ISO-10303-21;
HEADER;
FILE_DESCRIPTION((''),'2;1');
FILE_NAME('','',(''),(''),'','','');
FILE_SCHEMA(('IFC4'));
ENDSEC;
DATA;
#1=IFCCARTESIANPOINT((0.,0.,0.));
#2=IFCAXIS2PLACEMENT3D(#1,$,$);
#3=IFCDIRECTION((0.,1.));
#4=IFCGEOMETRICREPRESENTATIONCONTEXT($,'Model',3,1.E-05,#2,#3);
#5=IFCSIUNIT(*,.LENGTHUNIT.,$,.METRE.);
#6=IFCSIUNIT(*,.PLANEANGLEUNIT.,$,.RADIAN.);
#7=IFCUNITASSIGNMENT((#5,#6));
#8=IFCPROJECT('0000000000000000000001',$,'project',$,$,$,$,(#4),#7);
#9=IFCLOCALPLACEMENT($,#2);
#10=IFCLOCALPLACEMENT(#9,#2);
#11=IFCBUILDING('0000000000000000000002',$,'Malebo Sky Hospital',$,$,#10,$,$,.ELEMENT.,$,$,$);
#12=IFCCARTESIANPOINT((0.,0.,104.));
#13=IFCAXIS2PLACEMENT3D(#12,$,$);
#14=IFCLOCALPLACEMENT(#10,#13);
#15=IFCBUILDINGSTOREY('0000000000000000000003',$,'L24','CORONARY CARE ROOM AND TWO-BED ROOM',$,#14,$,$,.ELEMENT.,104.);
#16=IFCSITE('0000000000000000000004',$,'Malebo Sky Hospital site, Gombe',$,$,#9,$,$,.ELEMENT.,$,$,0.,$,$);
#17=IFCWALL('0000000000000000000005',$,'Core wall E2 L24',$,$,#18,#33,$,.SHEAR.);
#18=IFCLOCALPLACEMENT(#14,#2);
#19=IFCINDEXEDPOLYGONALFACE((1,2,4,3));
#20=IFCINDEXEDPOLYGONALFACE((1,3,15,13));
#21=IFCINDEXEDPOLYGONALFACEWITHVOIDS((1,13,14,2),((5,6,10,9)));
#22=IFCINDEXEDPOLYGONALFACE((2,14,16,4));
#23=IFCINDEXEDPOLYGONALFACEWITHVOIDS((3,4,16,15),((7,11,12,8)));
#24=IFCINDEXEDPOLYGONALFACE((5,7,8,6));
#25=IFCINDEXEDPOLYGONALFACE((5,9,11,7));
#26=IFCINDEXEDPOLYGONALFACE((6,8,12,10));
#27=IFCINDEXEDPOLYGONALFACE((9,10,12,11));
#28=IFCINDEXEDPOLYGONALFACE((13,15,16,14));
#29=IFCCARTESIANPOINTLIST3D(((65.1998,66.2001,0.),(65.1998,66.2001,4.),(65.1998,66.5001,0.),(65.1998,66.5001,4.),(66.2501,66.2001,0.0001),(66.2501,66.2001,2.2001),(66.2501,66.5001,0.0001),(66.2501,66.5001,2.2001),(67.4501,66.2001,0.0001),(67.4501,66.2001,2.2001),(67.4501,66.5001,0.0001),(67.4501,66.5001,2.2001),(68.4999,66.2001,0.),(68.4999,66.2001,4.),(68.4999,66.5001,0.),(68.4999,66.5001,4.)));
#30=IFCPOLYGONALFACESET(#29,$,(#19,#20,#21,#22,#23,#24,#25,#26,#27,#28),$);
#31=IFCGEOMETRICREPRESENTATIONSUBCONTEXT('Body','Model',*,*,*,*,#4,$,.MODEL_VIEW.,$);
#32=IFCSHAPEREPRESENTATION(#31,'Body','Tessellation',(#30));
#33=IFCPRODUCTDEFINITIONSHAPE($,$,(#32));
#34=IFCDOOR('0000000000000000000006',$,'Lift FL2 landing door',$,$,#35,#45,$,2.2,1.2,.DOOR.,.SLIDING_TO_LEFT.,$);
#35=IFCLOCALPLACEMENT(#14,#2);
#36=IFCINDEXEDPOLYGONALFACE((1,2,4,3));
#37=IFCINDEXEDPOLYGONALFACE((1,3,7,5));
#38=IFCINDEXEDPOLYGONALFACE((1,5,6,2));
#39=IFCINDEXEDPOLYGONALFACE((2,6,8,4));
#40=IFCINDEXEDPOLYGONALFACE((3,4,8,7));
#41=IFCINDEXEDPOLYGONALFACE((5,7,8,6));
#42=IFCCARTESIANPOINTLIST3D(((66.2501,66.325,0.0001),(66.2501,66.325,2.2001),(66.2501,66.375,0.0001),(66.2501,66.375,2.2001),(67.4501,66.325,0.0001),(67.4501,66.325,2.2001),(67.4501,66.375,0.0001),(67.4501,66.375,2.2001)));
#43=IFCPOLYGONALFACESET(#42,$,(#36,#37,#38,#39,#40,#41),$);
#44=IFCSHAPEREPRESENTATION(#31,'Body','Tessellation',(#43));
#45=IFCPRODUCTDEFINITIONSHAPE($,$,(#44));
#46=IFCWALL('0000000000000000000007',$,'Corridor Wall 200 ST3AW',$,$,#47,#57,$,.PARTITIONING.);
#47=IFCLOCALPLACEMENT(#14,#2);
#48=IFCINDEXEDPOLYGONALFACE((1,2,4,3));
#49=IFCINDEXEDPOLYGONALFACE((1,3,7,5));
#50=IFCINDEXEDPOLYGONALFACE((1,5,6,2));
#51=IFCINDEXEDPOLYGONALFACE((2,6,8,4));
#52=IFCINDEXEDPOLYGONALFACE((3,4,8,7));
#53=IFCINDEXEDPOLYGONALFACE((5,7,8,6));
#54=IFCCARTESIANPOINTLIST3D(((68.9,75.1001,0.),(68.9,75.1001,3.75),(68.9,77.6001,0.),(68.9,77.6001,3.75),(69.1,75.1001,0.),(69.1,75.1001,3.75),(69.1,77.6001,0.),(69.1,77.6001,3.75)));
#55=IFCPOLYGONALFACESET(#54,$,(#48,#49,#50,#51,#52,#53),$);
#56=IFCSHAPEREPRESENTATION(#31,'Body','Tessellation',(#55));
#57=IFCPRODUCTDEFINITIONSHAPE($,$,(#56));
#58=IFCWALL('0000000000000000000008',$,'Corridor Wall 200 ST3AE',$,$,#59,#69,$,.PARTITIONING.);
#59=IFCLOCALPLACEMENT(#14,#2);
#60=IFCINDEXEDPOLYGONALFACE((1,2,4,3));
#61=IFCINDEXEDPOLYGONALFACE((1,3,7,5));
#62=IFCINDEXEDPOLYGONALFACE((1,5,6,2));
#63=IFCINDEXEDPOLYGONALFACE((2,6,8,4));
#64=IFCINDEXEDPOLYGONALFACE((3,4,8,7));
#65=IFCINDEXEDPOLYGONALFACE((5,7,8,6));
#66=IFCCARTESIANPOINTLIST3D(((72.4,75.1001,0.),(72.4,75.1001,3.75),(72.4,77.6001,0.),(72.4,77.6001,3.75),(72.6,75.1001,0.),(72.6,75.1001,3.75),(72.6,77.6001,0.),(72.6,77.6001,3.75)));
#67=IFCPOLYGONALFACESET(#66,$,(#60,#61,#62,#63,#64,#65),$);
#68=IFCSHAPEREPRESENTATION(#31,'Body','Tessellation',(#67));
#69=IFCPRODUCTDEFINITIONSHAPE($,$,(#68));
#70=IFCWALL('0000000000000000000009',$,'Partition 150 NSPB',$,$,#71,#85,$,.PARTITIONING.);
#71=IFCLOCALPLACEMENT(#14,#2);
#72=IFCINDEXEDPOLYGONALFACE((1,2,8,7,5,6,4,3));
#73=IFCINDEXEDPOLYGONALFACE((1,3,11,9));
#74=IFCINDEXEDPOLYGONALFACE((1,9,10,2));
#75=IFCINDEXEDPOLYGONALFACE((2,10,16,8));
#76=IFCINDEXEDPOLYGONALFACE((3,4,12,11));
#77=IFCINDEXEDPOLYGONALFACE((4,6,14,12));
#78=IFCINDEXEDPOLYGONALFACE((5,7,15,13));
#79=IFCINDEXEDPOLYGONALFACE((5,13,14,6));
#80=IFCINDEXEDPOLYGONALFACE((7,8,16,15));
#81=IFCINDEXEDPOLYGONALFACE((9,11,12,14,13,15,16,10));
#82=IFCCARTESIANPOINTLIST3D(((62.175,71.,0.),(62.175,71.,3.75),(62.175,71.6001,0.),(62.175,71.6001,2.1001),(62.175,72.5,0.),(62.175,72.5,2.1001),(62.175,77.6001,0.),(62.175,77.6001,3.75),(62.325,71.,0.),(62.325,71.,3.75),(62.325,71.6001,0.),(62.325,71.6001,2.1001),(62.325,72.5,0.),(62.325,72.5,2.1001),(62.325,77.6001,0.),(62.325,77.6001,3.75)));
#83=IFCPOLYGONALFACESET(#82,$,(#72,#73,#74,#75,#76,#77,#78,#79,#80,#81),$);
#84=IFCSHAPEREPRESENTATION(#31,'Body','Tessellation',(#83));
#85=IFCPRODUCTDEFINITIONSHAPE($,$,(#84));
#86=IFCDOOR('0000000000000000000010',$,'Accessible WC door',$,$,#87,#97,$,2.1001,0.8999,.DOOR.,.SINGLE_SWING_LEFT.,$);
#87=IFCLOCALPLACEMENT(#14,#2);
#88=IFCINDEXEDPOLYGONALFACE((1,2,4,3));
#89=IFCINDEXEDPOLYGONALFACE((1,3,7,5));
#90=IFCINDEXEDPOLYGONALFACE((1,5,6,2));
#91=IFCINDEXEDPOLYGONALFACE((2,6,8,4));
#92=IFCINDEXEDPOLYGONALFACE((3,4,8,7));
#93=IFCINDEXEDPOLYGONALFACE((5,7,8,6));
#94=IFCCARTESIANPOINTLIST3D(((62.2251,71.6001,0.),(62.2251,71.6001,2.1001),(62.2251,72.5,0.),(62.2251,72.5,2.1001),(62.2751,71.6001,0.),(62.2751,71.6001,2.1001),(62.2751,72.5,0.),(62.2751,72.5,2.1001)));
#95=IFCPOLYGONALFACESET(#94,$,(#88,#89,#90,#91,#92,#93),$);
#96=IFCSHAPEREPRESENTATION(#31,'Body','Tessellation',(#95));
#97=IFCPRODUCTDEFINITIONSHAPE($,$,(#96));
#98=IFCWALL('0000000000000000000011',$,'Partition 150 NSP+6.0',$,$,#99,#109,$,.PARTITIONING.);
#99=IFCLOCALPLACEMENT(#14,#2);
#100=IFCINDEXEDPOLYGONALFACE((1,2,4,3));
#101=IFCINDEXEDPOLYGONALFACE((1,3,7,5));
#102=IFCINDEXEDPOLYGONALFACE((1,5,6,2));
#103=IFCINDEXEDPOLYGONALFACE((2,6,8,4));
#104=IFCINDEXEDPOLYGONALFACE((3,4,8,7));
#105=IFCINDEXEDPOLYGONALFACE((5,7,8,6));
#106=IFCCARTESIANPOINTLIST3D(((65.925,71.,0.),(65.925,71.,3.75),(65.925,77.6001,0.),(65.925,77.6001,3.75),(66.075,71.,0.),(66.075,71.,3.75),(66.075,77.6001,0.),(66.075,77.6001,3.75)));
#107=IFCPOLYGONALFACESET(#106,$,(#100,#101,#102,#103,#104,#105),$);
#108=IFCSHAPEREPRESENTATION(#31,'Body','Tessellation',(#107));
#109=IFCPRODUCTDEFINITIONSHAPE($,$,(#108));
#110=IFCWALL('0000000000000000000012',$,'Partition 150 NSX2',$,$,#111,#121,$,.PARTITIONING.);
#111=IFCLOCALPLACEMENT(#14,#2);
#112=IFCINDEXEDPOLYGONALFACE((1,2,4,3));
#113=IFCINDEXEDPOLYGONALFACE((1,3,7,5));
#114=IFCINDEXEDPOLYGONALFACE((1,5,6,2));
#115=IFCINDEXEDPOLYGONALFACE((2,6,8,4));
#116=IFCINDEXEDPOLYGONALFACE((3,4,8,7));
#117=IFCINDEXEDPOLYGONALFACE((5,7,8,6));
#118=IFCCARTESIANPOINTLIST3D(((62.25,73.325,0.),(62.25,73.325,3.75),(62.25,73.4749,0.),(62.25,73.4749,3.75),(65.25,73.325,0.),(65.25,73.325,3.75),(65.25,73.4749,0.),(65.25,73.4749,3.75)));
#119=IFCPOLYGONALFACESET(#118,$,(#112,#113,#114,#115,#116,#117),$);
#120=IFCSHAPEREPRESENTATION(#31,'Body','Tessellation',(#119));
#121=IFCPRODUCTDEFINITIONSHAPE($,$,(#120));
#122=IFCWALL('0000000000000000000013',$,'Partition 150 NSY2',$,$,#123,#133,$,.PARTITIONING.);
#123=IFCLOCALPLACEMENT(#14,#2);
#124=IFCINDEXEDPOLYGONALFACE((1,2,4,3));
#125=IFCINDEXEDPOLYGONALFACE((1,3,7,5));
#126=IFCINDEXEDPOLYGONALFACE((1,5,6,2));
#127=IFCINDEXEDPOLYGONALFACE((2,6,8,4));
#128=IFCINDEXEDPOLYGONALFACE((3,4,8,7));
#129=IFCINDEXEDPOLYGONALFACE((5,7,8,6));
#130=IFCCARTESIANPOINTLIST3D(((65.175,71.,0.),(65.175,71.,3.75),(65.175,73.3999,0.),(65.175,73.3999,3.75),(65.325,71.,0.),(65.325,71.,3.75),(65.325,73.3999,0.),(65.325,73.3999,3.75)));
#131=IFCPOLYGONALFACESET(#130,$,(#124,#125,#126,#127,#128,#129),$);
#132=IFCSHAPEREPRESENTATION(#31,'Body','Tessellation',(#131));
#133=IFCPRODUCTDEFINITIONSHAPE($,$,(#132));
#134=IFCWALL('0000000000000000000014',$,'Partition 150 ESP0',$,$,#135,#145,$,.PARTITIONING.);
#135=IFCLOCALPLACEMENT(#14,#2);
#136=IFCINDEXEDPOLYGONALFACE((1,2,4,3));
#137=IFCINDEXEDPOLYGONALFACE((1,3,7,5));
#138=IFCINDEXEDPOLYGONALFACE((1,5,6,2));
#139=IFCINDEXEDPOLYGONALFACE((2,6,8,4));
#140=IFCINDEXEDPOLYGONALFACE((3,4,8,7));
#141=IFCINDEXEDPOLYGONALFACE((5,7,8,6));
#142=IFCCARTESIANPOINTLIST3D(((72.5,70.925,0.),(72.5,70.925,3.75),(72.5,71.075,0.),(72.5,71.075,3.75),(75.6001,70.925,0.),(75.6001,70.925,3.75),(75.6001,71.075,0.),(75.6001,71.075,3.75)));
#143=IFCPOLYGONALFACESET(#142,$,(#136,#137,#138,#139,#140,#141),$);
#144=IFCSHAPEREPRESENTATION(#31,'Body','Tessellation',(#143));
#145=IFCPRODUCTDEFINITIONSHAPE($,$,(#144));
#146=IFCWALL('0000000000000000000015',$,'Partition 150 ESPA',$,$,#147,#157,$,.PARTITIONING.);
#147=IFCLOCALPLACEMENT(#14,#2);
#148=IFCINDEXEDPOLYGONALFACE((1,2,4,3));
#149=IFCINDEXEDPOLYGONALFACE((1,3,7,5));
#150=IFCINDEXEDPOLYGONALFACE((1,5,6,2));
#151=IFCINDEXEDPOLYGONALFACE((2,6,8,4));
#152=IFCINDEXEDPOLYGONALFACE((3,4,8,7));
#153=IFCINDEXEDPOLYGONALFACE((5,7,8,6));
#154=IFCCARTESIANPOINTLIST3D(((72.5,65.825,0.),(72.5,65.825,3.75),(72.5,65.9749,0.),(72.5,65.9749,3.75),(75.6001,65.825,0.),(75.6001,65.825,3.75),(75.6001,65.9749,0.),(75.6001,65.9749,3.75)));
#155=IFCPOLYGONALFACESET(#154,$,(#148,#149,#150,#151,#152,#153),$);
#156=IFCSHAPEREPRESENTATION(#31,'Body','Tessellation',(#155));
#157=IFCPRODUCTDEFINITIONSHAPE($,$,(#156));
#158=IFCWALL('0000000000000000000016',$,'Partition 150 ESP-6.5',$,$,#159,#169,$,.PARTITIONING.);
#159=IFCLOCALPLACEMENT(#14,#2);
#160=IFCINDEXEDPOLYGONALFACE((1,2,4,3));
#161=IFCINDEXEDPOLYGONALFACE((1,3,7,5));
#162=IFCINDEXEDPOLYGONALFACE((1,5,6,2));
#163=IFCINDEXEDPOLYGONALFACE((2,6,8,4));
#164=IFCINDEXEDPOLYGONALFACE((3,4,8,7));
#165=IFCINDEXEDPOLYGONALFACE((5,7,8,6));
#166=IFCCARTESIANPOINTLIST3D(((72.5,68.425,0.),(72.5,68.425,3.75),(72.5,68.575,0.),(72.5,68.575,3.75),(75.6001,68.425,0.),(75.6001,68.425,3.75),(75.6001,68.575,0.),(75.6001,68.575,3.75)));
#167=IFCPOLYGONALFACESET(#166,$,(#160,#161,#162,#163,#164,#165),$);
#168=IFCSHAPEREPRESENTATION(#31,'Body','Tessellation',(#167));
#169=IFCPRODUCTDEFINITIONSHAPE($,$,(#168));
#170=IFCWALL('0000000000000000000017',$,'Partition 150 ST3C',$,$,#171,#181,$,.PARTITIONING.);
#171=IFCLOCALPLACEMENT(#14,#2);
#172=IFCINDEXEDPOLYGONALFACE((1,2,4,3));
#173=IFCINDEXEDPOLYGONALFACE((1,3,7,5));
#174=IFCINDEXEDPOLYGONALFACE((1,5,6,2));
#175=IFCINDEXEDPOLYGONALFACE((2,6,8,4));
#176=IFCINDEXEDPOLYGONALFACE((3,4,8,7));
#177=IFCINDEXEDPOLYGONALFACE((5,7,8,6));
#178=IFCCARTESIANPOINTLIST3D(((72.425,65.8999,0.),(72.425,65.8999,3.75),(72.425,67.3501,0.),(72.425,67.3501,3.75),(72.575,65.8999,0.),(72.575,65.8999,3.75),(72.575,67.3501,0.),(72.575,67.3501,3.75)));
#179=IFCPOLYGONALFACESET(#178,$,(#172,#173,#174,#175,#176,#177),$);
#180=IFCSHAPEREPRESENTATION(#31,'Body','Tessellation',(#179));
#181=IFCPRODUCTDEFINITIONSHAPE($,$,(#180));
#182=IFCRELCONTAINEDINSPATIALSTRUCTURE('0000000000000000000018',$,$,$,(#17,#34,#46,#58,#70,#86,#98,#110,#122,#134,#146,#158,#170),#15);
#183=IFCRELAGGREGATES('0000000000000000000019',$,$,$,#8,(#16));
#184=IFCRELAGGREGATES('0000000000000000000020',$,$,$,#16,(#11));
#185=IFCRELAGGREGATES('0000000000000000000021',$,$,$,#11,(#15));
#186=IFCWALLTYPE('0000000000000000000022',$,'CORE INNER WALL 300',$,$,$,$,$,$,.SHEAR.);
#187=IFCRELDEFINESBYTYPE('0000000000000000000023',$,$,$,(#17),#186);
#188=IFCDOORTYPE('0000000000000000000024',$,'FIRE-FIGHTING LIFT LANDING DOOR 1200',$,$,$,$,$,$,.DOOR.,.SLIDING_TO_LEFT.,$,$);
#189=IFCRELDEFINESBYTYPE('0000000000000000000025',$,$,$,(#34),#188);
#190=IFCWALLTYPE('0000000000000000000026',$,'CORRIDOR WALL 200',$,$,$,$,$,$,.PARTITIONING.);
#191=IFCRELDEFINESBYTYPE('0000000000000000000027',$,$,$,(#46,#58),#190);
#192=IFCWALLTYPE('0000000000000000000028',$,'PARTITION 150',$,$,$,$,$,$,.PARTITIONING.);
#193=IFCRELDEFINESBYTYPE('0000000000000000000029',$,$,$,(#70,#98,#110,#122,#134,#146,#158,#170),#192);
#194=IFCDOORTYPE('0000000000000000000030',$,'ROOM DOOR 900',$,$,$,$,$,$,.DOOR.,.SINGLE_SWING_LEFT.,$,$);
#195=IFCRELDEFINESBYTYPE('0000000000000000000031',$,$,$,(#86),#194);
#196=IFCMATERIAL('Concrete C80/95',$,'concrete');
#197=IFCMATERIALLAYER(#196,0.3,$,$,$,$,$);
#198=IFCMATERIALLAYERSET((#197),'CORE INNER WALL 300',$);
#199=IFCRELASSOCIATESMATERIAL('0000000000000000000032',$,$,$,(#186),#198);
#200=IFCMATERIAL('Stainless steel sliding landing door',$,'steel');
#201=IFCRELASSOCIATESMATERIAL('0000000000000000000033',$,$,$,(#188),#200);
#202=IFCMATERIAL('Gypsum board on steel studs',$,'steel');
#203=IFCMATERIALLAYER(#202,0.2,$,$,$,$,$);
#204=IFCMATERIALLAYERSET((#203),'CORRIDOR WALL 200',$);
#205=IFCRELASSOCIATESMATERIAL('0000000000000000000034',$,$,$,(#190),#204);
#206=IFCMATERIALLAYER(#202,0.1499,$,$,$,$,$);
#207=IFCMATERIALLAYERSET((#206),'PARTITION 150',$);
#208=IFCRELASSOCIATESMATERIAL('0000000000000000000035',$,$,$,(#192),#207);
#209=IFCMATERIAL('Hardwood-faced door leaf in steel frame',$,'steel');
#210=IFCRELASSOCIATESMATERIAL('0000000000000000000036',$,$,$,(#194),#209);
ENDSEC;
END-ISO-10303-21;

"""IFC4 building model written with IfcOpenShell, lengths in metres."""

from ifc_helpers import new_model, si_unit, direction, frame, frame_2d, origin, place, context, subcontext, project, spatial, rectangle, extrude, material, layer, layer_set, type_object, element, fill, save


model = new_model("IFC4")

# Units and contexts
model_context = context("Model", 3, precision=1e-05, world=origin(), true_north=direction((0.0, 1.0)))
body_context = subcontext(model_context, "Body", "Model", "MODEL_VIEW")
ifc_project = project(units=[si_unit("LENGTHUNIT", "METRE"), si_unit("PLANEANGLEUNIT", "RADIAN")], contexts=[model_context])

# Site, building, storey
site_placement = place(None, origin())
site = spatial("IfcSite", under=ifc_project, at=site_placement, Name="Malebo Sky Hospital site, Gombe", CompositionType="ELEMENT", RefElevation=0.0)
building_placement = place(site_placement, origin())
building = spatial("IfcBuilding", under=site, at=building_placement, Name="Malebo Sky Hospital", CompositionType="ELEMENT")
storey_placement = place(building_placement, frame((0.0, 0.0, 104.0)))
storey = spatial("IfcBuildingStorey", under=building, at=storey_placement, Name="L24", Description="CORONARY CARE ROOM AND TWO-BED ROOM", CompositionType="ELEMENT", Elevation=104.0)

# Shared definitions
ifc_material_1 = material(Name="Concrete C80/95", Category="concrete")

# Wall, opening, door
ifc_layer_1 = layer(ifc_material_1, 0.3)
ifc_layer_set_1 = layer_set([ifc_layer_1], Name="CORE INNER WALL 300")
wall_type_1 = type_object("IfcWallType", Name="CORE INNER WALL 300", PredefinedType="SHEAR", material=ifc_layer_set_1)
wall_1_placement = place(storey_placement, frame((65.2, 66.3501, 0.0), z_axis=(0.0, 0.0, 1.0), x_axis=(1.0, 0.0, 0.0)))
wall_1 = element("IfcWall", 1, at=wall_1_placement, inside=storey, type_object=wall_type_1, Name="Core wall E2 L24", PredefinedType="SHEAR", context=body_context, shape_type="SweptSolid", body=[
    extrude(rectangle(XDim=3.3, YDim=0.3, at=frame_2d((1.6499, 0.0))), origin(), (0.0, 0.0, 1.0), 4.0),
])
opening_1_placement = place(wall_1_placement, frame((1.05, 0.0, 0.0)))
opening_1 = element("IfcOpeningElement", 2, at=opening_1_placement, cuts=wall_1, PredefinedType="OPENING", context=body_context, shape_type="SweptSolid", body=[
    extrude(rectangle(XDim=1.2, YDim=2.2, at=frame_2d((0.6001, 1.1001))), frame((0.0, 0.1599, 0.0), z_axis=(0.0, -1.0, 0.0), x_axis=(1.0, 0.0, 0.0)), (0.0, 0.0, 1.0), 0.3201),
])
ifc_material_2 = material(Name="Stainless steel sliding landing door", Category="steel")
door_type_1 = type_object("IfcDoorType", Name="FIRE-FIGHTING LIFT LANDING DOOR 1200", OperationType="SLIDING_TO_LEFT", PredefinedType="DOOR", material=ifc_material_2)
door_1_placement = place(opening_1_placement, origin())
door_1 = element("IfcDoor", 3, at=door_1_placement, inside=storey, type_object=door_type_1, Name="Lift FL2 landing door", OperationType="SLIDING_TO_LEFT", OverallHeight=2.2, OverallWidth=1.2, PredefinedType="DOOR", context=body_context, shape_type="SweptSolid", body=[
    extrude(rectangle(XDim=1.2, YDim=2.2, at=frame_2d((0.6001, 1.1001))), frame((0.0, 0.0249, 0.0), z_axis=(0.0, -1.0, 0.0), x_axis=(1.0, 0.0, 0.0)), (0.0, 0.0, 1.0), 0.05),
])
fill(opening_1, door_1)

# Walls
ifc_material_3 = material(Name="Gypsum board on steel studs", Category="steel")
ifc_layer_2 = layer(ifc_material_3, 0.2)
ifc_layer_set_2 = layer_set([ifc_layer_2], Name="CORRIDOR WALL 200")
wall_type_2 = type_object("IfcWallType", Name="CORRIDOR WALL 200", PredefinedType="PARTITIONING", material=ifc_layer_set_2)
for number, where, z_axis, x_axis, name in (
    (4, (69.0, 75.1001, 0.0), (0.0, 0.0, 1.0), (0.0, 1.0, 0.0), "Corridor Wall 200 ST3AW"),
    (5, (72.5, 75.1001, 0.0), (0.0, 0.0, 1.0), (0.0, 1.0, 0.0), "Corridor Wall 200 ST3AE"),
):
    element("IfcWall", number, at=place(storey_placement, frame(where, z_axis=z_axis, x_axis=x_axis)), inside=storey, type_object=wall_type_2, Name=name, PredefinedType="PARTITIONING", context=body_context, shape_type="SweptSolid", body=[
        extrude(rectangle(XDim=2.5, YDim=0.2, at=frame_2d((1.25, 0.0))), origin(), (0.0, 0.0, 1.0), 3.75),
    ])

# Wall, opening, door
ifc_layer_3 = layer(ifc_material_3, 0.1499)
ifc_layer_set_3 = layer_set([ifc_layer_3], Name="PARTITION 150")
wall_type_3 = type_object("IfcWallType", Name="PARTITION 150", PredefinedType="PARTITIONING", material=ifc_layer_set_3)
wall_2_placement = place(storey_placement, frame((62.25, 71.0, 0.0), z_axis=(0.0, 0.0, 1.0), x_axis=(0.0, 1.0, 0.0)))
wall_2 = element("IfcWall", 6, at=wall_2_placement, inside=storey, type_object=wall_type_3, Name="Partition 150 NSPB", PredefinedType="PARTITIONING", context=body_context, shape_type="SweptSolid", body=[
    extrude(rectangle(XDim=6.6001, YDim=0.1499, at=frame_2d((3.3, 0.0))), origin(), (0.0, 0.0, 1.0), 3.75),
])
opening_2_placement = place(wall_2_placement, frame((0.6001, 0.0, 0.0)))
opening_2 = element("IfcOpeningElement", 7, at=opening_2_placement, cuts=wall_2, PredefinedType="OPENING", context=body_context, shape_type="SweptSolid", body=[
    extrude(rectangle(XDim=0.8999, YDim=2.1001, at=frame_2d((0.45, 1.05))), frame((0.0, 0.085, 0.0), z_axis=(0.0, -1.0, 0.0), x_axis=(1.0, 0.0, 0.0)), (0.0, 0.0, 1.0), 0.1699),
])
ifc_material_4 = material(Name="Hardwood-faced door leaf in steel frame", Category="steel")
door_type_2 = type_object("IfcDoorType", Name="ROOM DOOR 900", OperationType="SINGLE_SWING_LEFT", PredefinedType="DOOR", material=ifc_material_4)
door_2_placement = place(opening_2_placement, origin())
door_2 = element("IfcDoor", 8, at=door_2_placement, inside=storey, type_object=door_type_2, Name="Accessible WC door", OperationType="SINGLE_SWING_LEFT", OverallHeight=2.1001, OverallWidth=0.8999, PredefinedType="DOOR", context=body_context, shape_type="SweptSolid", body=[
    extrude(rectangle(XDim=0.8999, YDim=2.1001, at=frame_2d((0.45, 1.05))), frame((0.0, 0.0249, 0.0), z_axis=(0.0, -1.0, 0.0), x_axis=(1.0, 0.0, 0.0)), (0.0, 0.0, 1.0), 0.05),
])
fill(opening_2, door_2)

# Walls
wall_3_placement = place(storey_placement, frame((66.0, 71.0, 0.0), z_axis=(0.0, 0.0, 1.0), x_axis=(0.0, 1.0, 0.0)))
element("IfcWall", 9, at=wall_3_placement, inside=storey, type_object=wall_type_3, Name="Partition 150 NSP+6.0", PredefinedType="PARTITIONING", context=body_context, shape_type="SweptSolid", body=[
    extrude(rectangle(XDim=6.6001, YDim=0.1499, at=frame_2d((3.3, 0.0))), origin(), (0.0, 0.0, 1.0), 3.75),
])
wall_4_placement = place(storey_placement, frame((62.25, 73.3999, 0.0), z_axis=(0.0, 0.0, 1.0), x_axis=(1.0, 0.0, 0.0)))
element("IfcWall", 10, at=wall_4_placement, inside=storey, type_object=wall_type_3, Name="Partition 150 NSX2", PredefinedType="PARTITIONING", context=body_context, shape_type="SweptSolid", body=[
    extrude(rectangle(XDim=3.0, YDim=0.1499, at=frame_2d((1.5, 0.0))), origin(), (0.0, 0.0, 1.0), 3.75),
])
wall_5_placement = place(storey_placement, frame((65.25, 71.0, 0.0), z_axis=(0.0, 0.0, 1.0), x_axis=(0.0, 1.0, 0.0)))
element("IfcWall", 11, at=wall_5_placement, inside=storey, type_object=wall_type_3, Name="Partition 150 NSY2", PredefinedType="PARTITIONING", context=body_context, shape_type="SweptSolid", body=[
    extrude(rectangle(XDim=2.3999, YDim=0.1499, at=frame_2d((1.2, 0.0))), origin(), (0.0, 0.0, 1.0), 3.75),
])
for number, where, z_axis, x_axis, name in (
    (12, (72.5, 71.0, 0.0), (0.0, 0.0, 1.0), (1.0, 0.0, 0.0), "Partition 150 ESP0"),
    (13, (72.5, 65.8999, 0.0), (0.0, 0.0, 1.0), (1.0, 0.0, 0.0), "Partition 150 ESPA"),
    (14, (72.5, 68.5, 0.0), (0.0, 0.0, 1.0), (1.0, 0.0, 0.0), "Partition 150 ESP-6.5"),
):
    element("IfcWall", number, at=place(storey_placement, frame(where, z_axis=z_axis, x_axis=x_axis)), inside=storey, type_object=wall_type_3, Name=name, PredefinedType="PARTITIONING", context=body_context, shape_type="SweptSolid", body=[
        extrude(rectangle(XDim=3.1001, YDim=0.1499, at=frame_2d((1.55, 0.0))), origin(), (0.0, 0.0, 1.0), 3.75),
    ])
wall_6_placement = place(storey_placement, frame((72.5, 65.8999, 0.0), z_axis=(0.0, 0.0, 1.0), x_axis=(0.0, 1.0, 0.0)))
element("IfcWall", 15, at=wall_6_placement, inside=storey, type_object=wall_type_3, Name="Partition 150 ST3C", PredefinedType="PARTITIONING", context=body_context, shape_type="SweptSolid", body=[
    extrude(rectangle(XDim=1.4502, YDim=0.1499, at=frame_2d((0.7251, 0.0))), origin(), (0.0, 0.0, 1.0), 3.75),
])

save(model, "model.ifc")
